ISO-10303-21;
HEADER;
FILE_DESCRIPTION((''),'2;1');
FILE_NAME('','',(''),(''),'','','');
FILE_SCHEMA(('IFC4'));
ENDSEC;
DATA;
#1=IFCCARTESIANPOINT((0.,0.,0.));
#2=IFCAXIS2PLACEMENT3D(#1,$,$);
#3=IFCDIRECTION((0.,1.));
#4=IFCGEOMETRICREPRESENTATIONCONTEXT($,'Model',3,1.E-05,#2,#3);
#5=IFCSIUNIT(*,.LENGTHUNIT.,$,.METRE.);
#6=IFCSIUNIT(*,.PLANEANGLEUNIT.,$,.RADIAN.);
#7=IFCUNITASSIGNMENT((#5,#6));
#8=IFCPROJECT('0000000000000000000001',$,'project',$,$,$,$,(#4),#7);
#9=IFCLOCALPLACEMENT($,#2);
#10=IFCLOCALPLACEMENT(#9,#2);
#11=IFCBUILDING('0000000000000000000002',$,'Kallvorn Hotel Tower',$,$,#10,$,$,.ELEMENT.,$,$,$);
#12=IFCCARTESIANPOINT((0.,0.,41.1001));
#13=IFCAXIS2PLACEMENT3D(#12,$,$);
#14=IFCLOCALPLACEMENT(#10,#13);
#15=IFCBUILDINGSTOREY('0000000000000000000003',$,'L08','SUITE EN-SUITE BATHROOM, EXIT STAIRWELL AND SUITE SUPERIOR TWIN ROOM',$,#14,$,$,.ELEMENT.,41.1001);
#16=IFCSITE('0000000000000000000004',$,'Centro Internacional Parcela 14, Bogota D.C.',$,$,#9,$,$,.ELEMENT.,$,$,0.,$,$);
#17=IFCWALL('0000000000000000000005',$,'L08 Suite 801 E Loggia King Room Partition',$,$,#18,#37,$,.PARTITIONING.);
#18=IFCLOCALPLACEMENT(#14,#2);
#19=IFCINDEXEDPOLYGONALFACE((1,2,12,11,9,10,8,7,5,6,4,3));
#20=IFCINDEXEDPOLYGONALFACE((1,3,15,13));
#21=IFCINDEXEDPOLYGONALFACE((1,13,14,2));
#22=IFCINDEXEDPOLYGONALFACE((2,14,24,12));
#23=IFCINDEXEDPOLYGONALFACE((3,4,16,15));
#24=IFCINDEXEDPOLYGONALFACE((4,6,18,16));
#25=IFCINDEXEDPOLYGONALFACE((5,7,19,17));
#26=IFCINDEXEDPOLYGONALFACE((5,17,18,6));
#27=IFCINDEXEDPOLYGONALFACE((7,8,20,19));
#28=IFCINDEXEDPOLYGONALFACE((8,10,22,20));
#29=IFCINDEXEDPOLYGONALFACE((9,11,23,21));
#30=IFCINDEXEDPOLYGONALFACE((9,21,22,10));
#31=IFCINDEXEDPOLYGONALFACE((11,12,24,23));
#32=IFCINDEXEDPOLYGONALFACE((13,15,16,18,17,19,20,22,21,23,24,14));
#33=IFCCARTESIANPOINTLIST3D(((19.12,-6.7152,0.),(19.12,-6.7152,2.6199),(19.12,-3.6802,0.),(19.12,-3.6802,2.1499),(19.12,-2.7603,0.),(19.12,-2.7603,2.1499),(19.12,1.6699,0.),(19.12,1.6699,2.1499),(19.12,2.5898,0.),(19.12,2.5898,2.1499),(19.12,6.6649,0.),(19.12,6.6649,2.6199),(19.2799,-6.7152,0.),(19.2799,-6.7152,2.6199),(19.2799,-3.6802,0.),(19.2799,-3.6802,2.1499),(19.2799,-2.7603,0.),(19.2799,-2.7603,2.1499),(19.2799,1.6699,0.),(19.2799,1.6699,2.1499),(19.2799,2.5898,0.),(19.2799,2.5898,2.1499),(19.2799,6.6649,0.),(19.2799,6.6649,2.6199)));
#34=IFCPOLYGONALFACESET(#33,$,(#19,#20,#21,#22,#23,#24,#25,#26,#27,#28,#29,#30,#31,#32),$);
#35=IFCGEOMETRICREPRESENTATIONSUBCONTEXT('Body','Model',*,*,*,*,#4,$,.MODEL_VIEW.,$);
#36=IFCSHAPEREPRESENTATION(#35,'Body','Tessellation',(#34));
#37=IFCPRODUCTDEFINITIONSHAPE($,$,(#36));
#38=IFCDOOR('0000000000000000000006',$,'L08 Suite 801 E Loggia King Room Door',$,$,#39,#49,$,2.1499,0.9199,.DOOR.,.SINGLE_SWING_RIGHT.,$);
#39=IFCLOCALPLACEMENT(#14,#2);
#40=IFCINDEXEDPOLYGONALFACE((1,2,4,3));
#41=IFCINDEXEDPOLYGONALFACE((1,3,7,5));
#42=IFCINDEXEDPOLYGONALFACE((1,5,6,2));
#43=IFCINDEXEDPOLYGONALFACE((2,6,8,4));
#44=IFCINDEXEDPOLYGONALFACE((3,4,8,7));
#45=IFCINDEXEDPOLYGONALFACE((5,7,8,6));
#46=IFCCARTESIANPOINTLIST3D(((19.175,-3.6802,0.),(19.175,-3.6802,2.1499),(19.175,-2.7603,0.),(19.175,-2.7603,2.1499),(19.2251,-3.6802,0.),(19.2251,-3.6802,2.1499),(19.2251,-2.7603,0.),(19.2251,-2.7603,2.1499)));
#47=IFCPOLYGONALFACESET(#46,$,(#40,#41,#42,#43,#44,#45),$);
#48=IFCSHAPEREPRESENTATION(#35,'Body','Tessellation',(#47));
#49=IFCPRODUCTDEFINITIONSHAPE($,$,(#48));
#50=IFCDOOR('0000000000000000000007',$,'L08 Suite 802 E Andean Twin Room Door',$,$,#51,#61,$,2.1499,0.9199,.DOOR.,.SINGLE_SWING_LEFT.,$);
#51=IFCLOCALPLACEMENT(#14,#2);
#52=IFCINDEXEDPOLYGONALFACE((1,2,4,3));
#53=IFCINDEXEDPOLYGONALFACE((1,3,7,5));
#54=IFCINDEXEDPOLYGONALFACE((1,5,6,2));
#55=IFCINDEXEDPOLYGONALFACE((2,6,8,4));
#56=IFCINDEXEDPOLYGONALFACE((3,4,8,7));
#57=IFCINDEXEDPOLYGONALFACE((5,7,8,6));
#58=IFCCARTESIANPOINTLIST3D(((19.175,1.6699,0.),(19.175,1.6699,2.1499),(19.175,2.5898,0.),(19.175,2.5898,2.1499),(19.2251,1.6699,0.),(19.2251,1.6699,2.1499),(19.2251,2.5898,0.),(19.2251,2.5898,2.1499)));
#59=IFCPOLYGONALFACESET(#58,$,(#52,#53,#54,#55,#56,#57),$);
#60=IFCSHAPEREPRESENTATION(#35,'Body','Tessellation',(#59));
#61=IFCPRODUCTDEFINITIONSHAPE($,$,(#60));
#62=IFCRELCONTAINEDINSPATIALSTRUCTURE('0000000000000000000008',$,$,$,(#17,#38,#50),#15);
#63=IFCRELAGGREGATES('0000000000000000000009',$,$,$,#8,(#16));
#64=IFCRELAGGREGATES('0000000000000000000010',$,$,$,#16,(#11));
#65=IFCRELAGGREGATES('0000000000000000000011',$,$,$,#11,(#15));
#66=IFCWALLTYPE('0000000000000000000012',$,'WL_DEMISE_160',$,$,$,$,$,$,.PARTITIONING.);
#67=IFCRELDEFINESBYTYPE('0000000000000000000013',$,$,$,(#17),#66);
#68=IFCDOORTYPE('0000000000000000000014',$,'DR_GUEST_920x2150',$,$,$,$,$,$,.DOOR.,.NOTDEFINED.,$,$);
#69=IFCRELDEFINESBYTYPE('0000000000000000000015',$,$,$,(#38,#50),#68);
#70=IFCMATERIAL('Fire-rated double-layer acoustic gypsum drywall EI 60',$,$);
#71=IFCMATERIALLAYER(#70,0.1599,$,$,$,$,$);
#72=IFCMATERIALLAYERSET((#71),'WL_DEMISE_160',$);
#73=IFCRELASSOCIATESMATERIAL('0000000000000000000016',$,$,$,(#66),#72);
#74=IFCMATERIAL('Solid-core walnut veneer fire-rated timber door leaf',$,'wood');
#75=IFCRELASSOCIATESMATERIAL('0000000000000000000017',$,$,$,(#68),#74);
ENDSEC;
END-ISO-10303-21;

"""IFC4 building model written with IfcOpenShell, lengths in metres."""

from ifc_helpers import new_model, si_unit, direction, frame, frame_2d, origin, place, context, subcontext, project, spatial, rectangle, extrude, material, layer, layer_set, type_object, element, fill, save


model = new_model("IFC4")

# Units and contexts
model_context = context("Model", 3, precision=1e-05, world=origin(), true_north=direction((0.0, 1.0)))
body_context = subcontext(model_context, "Body", "Model", "MODEL_VIEW")
ifc_project = project(units=[si_unit("LENGTHUNIT", "METRE"), si_unit("PLANEANGLEUNIT", "RADIAN")], contexts=[model_context])

# Site, building, storey
site_placement = place(None, origin())
site = spatial("IfcSite", under=ifc_project, at=site_placement, Name="Centro Internacional Parcela 14, Bogota D.C.", CompositionType="ELEMENT", RefElevation=0.0)
building_placement = place(site_placement, origin())
building = spatial("IfcBuilding", under=site, at=building_placement, Name="Kallvorn Hotel Tower", CompositionType="ELEMENT")
storey_placement = place(building_placement, frame((0.0, 0.0, 41.1001)))
storey = spatial("IfcBuildingStorey", under=building, at=storey_placement, Name="L08", Description="SUITE EN-SUITE BATHROOM, EXIT STAIRWELL AND SUITE SUPERIOR TWIN ROOM", CompositionType="ELEMENT", Elevation=41.1001)

# Shared definitions
ifc_material_1 = material(Name="Fire-rated double-layer acoustic gypsum drywall EI 60")
ifc_layer = layer(ifc_material_1, 0.1599)
ifc_layer_set = layer_set([ifc_layer], Name="WL_DEMISE_160")
wall_type = type_object("IfcWallType", Name="WL_DEMISE_160", PredefinedType="PARTITIONING", material=ifc_layer_set)

# Wall, openings, doors
wall_1_placement = place(storey_placement, frame((19.2, -6.7151, 0.0), z_axis=(0.0, 0.0, 1.0), x_axis=(0.0, 1.0, 0.0)))
wall_1 = element("IfcWall", 1, at=wall_1_placement, inside=storey, type_object=wall_type, Name="L08 Suite 801 E Loggia King Room Partition", PredefinedType="PARTITIONING", context=body_context, shape_type="SweptSolid", body=[
    extrude(rectangle(XDim=13.3801, YDim=0.1599, at=frame_2d((6.6899, 0.0))), origin(), (0.0, 0.0, 1.0), 2.6199),
])
opening_1_placement = place(wall_1_placement, frame((3.0349, 0.0, 0.0)))
opening_1 = element("IfcOpeningElement", 2, at=opening_1_placement, cuts=wall_1, PredefinedType="OPENING", context=body_context, shape_type="SweptSolid", body=[
    extrude(rectangle(XDim=0.9199, YDim=2.1499, at=frame_2d((0.46, 1.075))), frame((0.0, 0.095, 0.0), z_axis=(0.0, -1.0, 0.0), x_axis=(1.0, 0.0, 0.0)), (0.0, 0.0, 1.0), 0.1899),
])
opening_2_placement = place(wall_1_placement, frame((8.385, 0.0, 0.0)))
opening_2 = element("IfcOpeningElement", 3, at=opening_2_placement, cuts=wall_1, PredefinedType="OPENING", context=body_context, shape_type="SweptSolid", body=[
    extrude(rectangle(XDim=0.9199, YDim=2.1499, at=frame_2d((0.46, 1.075))), frame((0.0, 0.095, 0.0), z_axis=(0.0, -1.0, 0.0), x_axis=(1.0, 0.0, 0.0)), (0.0, 0.0, 1.0), 0.1899),
])
ifc_material_2 = material(Name="Solid-core walnut veneer fire-rated timber door leaf", Category="wood")
door_type_1 = type_object("IfcDoorType", Name="DR_GUEST_920x2150", OperationType="NOTDEFINED", PredefinedType="DOOR", material=ifc_material_2)
door_1_placement = place(opening_1_placement, origin())
door_1 = element("IfcDoor", 4, at=door_1_placement, inside=storey, type_object=door_type_1, Name="L08 Suite 801 E Loggia King Room Door", OperationType="SINGLE_SWING_RIGHT", OverallHeight=2.1499, OverallWidth=0.9199, PredefinedType="DOOR", context=body_context, shape_type="SweptSolid", body=[
    extrude(rectangle(XDim=0.9199, YDim=2.1499, at=frame_2d((0.46, 1.075))), frame((0.0, 0.0249, 0.0), z_axis=(0.0, -1.0, 0.0), x_axis=(1.0, 0.0, 0.0)), (0.0, 0.0, 1.0), 0.05),
])
fill(opening_1, door_1)
door_2_placement = place(opening_2_placement, origin())
door_2 = element("IfcDoor", 5, at=door_2_placement, inside=storey, type_object=door_type_1, Name="L08 Suite 802 E Andean Twin Room Door", OperationType="SINGLE_SWING_LEFT", OverallHeight=2.1499, OverallWidth=0.9199, PredefinedType="DOOR", context=body_context, shape_type="SweptSolid", body=[
    extrude(rectangle(XDim=0.9199, YDim=2.1499, at=frame_2d((0.46, 1.075))), frame((0.0, 0.0249, 0.0), z_axis=(0.0, -1.0, 0.0), x_axis=(1.0, 0.0, 0.0)), (0.0, 0.0, 1.0), 0.05),
])
fill(opening_2, door_2)

save(model, "model.ifc")
